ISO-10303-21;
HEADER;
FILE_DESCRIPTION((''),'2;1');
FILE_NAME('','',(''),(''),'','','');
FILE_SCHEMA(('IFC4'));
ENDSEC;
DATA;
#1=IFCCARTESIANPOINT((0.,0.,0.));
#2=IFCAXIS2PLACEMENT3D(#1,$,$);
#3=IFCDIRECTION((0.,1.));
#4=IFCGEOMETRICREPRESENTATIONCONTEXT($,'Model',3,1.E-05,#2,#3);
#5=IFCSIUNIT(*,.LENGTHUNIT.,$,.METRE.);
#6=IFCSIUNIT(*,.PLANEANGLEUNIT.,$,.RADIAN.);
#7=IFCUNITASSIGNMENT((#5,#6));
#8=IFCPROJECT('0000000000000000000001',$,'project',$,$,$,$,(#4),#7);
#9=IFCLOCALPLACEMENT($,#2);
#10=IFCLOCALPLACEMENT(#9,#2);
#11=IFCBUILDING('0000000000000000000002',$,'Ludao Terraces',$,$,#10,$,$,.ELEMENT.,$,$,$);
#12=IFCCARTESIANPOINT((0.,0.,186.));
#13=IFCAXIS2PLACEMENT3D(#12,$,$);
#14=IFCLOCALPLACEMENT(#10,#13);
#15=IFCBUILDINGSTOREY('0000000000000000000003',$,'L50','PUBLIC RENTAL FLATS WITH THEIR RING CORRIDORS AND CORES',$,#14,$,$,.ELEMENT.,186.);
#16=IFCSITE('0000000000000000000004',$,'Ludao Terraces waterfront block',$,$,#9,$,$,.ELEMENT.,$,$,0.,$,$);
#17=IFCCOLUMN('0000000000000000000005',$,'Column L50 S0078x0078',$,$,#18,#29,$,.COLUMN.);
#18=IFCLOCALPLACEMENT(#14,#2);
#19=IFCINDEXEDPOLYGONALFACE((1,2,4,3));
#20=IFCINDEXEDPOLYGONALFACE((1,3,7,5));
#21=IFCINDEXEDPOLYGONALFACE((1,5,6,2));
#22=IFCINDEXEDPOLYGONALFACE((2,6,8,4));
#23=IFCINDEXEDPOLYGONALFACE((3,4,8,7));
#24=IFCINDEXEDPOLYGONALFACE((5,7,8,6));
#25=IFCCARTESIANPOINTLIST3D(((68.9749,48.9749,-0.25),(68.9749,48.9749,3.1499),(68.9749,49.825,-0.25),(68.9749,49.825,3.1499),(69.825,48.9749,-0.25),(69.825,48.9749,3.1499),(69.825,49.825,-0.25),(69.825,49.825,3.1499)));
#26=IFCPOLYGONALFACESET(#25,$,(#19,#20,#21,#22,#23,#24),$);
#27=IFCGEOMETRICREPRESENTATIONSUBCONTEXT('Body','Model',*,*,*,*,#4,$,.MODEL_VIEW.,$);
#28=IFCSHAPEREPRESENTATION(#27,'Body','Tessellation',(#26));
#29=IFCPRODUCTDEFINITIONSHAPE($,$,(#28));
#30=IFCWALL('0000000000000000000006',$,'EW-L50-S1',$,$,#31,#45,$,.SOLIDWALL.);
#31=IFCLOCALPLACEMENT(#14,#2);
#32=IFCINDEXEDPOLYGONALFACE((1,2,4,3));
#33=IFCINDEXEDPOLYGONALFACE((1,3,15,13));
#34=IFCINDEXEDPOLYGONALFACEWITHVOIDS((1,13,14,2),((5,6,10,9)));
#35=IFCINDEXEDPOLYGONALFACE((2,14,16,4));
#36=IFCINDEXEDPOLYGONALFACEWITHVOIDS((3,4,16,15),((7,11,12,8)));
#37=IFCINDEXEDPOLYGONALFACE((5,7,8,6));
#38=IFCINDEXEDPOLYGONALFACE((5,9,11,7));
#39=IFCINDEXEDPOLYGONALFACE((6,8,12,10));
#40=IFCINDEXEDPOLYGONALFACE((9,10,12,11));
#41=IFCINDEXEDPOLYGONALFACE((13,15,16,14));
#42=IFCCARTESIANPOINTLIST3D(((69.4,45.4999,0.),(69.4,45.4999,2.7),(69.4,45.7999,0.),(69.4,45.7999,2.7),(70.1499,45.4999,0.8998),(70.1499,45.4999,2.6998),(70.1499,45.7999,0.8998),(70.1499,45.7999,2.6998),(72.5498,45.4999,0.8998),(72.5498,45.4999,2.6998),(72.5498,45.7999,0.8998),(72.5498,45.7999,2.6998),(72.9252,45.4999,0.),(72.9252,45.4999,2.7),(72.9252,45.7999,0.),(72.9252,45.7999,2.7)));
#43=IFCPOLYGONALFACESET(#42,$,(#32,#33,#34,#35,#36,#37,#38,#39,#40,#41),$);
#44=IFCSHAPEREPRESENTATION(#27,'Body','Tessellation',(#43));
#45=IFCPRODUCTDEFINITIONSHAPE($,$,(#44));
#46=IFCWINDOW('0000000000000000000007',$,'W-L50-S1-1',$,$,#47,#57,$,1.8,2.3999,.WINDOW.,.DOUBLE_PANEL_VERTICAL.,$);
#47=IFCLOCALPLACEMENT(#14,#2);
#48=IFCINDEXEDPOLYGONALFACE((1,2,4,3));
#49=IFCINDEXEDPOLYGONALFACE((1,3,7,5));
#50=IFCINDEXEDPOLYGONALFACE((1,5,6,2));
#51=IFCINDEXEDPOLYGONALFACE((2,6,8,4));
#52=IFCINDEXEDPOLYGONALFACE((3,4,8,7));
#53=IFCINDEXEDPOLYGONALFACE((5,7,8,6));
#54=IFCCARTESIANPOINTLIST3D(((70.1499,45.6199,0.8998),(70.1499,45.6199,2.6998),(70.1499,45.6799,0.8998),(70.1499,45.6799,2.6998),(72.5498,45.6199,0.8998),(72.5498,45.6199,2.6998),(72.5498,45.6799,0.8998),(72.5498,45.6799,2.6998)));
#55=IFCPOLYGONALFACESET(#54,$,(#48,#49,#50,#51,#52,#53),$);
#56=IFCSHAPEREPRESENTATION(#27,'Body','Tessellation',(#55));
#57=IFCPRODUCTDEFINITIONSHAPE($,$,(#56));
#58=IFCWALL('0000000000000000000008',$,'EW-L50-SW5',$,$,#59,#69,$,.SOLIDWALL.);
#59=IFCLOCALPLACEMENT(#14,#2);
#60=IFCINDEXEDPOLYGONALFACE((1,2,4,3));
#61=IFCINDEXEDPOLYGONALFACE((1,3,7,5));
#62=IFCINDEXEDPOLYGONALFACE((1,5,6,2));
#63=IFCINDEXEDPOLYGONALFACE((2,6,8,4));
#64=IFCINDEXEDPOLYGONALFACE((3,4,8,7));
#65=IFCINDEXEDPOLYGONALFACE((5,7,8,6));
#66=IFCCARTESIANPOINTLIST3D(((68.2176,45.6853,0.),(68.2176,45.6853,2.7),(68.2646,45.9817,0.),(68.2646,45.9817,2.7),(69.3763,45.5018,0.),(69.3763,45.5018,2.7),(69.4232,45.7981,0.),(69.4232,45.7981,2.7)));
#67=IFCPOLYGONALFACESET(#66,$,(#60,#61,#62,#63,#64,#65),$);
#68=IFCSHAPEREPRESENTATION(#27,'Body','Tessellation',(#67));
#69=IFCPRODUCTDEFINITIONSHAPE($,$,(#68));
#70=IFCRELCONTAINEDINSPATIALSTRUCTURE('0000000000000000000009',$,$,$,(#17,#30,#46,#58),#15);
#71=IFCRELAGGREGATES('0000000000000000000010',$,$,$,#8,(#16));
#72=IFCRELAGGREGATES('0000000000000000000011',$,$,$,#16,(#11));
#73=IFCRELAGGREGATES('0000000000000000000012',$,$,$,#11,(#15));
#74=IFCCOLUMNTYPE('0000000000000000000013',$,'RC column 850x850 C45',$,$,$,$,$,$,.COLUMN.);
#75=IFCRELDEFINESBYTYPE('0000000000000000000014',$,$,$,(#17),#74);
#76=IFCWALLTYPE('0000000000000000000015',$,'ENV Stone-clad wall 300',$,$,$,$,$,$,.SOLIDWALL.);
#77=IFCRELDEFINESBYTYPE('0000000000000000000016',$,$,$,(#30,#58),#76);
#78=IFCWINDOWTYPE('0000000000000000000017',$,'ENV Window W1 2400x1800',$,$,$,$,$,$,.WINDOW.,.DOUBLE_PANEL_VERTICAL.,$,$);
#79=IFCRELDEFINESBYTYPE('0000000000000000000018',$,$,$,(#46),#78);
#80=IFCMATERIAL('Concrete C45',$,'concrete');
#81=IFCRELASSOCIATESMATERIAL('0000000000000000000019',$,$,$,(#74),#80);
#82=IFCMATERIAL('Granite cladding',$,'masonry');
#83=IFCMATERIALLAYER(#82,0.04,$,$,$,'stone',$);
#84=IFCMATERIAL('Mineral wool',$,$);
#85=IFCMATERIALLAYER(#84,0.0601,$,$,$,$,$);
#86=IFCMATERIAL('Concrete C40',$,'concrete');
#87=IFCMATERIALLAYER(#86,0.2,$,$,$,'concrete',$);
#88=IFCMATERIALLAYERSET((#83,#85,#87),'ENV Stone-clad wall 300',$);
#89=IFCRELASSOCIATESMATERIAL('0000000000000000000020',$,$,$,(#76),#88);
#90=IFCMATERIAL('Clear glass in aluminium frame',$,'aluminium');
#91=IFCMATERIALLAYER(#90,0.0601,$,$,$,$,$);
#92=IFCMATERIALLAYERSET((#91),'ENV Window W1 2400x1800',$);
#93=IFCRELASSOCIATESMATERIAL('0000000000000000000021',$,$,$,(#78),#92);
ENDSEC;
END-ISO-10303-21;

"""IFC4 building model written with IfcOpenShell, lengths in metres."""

from ifc_helpers import new_model, si_unit, direction, frame, frame_2d, origin, origin_2d, place, context, subcontext, project, spatial, rectangle, extrude, material, layer, layer_set, material_profile, profile_set, type_object, element, fill, save


model = new_model("IFC4")

# Units and contexts
model_context = context("Model", 3, precision=1e-05, world=origin(), true_north=direction((0.0, 1.0)))
body_context = subcontext(model_context, "Body", "Model", "MODEL_VIEW")
ifc_project = project(units=[si_unit("LENGTHUNIT", "METRE"), si_unit("PLANEANGLEUNIT", "RADIAN")], contexts=[model_context])

# Site, building, storey
site_placement = place(None, origin())
site = spatial("IfcSite", under=ifc_project, at=site_placement, Name="Ludao Terraces waterfront block", CompositionType="ELEMENT", RefElevation=0.0)
building_placement = place(site_placement, origin())
building = spatial("IfcBuilding", under=site, at=building_placement, Name="Ludao Terraces", CompositionType="ELEMENT")
storey_placement = place(building_placement, frame((0.0, 0.0, 186.0)))
storey = spatial("IfcBuildingStorey", under=building, at=storey_placement, Name="L50", Description="PUBLIC RENTAL FLATS WITH THEIR RING CORRIDORS AND CORES", CompositionType="ELEMENT", Elevation=186.0)

# Column
ifc_material_1 = material(Name="Concrete C45", Category="concrete")
ifc_material_profile = material_profile(ifc_material_1, rectangle(XDim=0.8501, YDim=0.8501, at=origin_2d()), Name="850 X 850")
ifc_profile_set = profile_set([ifc_material_profile], Name="Concrete C45")
column_type = type_object("IfcColumnType", Name="RC column 850x850 C45", PredefinedType="COLUMN", material=ifc_profile_set)
column_placement = place(storey_placement, frame((69.3999, 49.3999, -0.25), z_axis=(0.0, 0.0, 1.0), x_axis=(1.0, 0.0, 0.0)))
element("IfcColumn", 1, at=column_placement, inside=storey, type_object=column_type, Name="Column L50 S0078x0078", PredefinedType="COLUMN", context=body_context, shape_type="SweptSolid", body=[
    extrude(rectangle(XDim=0.8501, YDim=0.8501, at=origin_2d()), origin(), (0.0, 0.0, 1.0), 3.3999),
])

# Wall, opening, window
ifc_material_2 = material(Name="Granite cladding", Category="masonry")
ifc_layer_1 = layer(ifc_material_2, 0.04, Category="stone")
ifc_material_3 = material(Name="Mineral wool")
ifc_layer_2 = layer(ifc_material_3, 0.0601)
ifc_material_4 = material(Name="Concrete C40", Category="concrete")
ifc_layer_3 = layer(ifc_material_4, 0.2, Category="concrete")
ifc_layer_set_1 = layer_set([ifc_layer_1, ifc_layer_2, ifc_layer_3], Name="ENV Stone-clad wall 300")
wall_type_1 = type_object("IfcWallType", Name="ENV Stone-clad wall 300", PredefinedType="SOLIDWALL", material=ifc_layer_set_1)
wall_1_placement = place(storey_placement, frame((69.3999, 45.6499, 0.0), z_axis=(0.0, 0.0, 1.0), x_axis=(1.0, 0.0, 0.0)))
wall_1 = element("IfcWall", 2, at=wall_1_placement, inside=storey, type_object=wall_type_1, Name="EW-L50-S1", PredefinedType="SOLIDWALL", context=body_context, shape_type="SweptSolid", body=[
    extrude(rectangle(XDim=3.5251, YDim=0.3, at=frame_2d((1.7627, 0.0))), origin(), (0.0, 0.0, 1.0), 2.7),
])
opening_1_placement = place(wall_1_placement, frame((0.75, 0.0, 0.8999)))
opening_1 = element("IfcOpeningElement", 3, at=opening_1_placement, cuts=wall_1, PredefinedType="OPENING", context=body_context, shape_type="SweptSolid", body=[
    extrude(rectangle(XDim=2.3999, YDim=1.8, at=frame_2d((1.2, 0.8999))), frame((0.0, 0.1602, 0.0), z_axis=(0.0, -1.0, 0.0), x_axis=(1.0, 0.0, 0.0)), (0.0, 0.0, 1.0), 0.3201),
])
ifc_material_5 = material(Name="Clear glass in aluminium frame", Category="aluminium")
ifc_layer_4 = layer(ifc_material_5, 0.0601)
ifc_layer_set_2 = layer_set([ifc_layer_4], Name="ENV Window W1 2400x1800")
window_type = type_object("IfcWindowType", Name="ENV Window W1 2400x1800", PartitioningType="DOUBLE_PANEL_VERTICAL", PredefinedType="WINDOW", material=ifc_layer_set_2)
window_placement = place(opening_1_placement, origin())
window = element("IfcWindow", 4, at=window_placement, inside=storey, type_object=window_type, Name="W-L50-S1-1", OverallHeight=1.8, OverallWidth=2.3999, PartitioningType="DOUBLE_PANEL_VERTICAL", PredefinedType="WINDOW", context=body_context, shape_type="SweptSolid", body=[
    extrude(rectangle(XDim=2.3999, YDim=1.8, at=frame_2d((1.2, 0.8999))), frame((0.0, 0.03, 0.0), z_axis=(0.0, -1.0, 0.0), x_axis=(1.0, 0.0, 0.0)), (0.0, 0.0, 1.0), 0.0601),
])
fill(opening_1, window)

# Wall
wall_2_placement = place(storey_placement, frame((68.2412, 45.8335, 0.0), z_axis=(0.0, 0.0, 1.0), x_axis=(0.987678, -0.156497, 0.0)))
element("IfcWall", 5, at=wall_2_placement, inside=storey, type_object=wall_type_1, Name="EW-L50-SW5", PredefinedType="SOLIDWALL", context=body_context, shape_type="SweptSolid", body=[
    extrude(rectangle(XDim=1.1731, YDim=0.3, at=frame_2d((0.5864, 0.0))), origin(), (0.0, 0.0, 1.0), 2.7),
])

save(model, "model.ifc")
